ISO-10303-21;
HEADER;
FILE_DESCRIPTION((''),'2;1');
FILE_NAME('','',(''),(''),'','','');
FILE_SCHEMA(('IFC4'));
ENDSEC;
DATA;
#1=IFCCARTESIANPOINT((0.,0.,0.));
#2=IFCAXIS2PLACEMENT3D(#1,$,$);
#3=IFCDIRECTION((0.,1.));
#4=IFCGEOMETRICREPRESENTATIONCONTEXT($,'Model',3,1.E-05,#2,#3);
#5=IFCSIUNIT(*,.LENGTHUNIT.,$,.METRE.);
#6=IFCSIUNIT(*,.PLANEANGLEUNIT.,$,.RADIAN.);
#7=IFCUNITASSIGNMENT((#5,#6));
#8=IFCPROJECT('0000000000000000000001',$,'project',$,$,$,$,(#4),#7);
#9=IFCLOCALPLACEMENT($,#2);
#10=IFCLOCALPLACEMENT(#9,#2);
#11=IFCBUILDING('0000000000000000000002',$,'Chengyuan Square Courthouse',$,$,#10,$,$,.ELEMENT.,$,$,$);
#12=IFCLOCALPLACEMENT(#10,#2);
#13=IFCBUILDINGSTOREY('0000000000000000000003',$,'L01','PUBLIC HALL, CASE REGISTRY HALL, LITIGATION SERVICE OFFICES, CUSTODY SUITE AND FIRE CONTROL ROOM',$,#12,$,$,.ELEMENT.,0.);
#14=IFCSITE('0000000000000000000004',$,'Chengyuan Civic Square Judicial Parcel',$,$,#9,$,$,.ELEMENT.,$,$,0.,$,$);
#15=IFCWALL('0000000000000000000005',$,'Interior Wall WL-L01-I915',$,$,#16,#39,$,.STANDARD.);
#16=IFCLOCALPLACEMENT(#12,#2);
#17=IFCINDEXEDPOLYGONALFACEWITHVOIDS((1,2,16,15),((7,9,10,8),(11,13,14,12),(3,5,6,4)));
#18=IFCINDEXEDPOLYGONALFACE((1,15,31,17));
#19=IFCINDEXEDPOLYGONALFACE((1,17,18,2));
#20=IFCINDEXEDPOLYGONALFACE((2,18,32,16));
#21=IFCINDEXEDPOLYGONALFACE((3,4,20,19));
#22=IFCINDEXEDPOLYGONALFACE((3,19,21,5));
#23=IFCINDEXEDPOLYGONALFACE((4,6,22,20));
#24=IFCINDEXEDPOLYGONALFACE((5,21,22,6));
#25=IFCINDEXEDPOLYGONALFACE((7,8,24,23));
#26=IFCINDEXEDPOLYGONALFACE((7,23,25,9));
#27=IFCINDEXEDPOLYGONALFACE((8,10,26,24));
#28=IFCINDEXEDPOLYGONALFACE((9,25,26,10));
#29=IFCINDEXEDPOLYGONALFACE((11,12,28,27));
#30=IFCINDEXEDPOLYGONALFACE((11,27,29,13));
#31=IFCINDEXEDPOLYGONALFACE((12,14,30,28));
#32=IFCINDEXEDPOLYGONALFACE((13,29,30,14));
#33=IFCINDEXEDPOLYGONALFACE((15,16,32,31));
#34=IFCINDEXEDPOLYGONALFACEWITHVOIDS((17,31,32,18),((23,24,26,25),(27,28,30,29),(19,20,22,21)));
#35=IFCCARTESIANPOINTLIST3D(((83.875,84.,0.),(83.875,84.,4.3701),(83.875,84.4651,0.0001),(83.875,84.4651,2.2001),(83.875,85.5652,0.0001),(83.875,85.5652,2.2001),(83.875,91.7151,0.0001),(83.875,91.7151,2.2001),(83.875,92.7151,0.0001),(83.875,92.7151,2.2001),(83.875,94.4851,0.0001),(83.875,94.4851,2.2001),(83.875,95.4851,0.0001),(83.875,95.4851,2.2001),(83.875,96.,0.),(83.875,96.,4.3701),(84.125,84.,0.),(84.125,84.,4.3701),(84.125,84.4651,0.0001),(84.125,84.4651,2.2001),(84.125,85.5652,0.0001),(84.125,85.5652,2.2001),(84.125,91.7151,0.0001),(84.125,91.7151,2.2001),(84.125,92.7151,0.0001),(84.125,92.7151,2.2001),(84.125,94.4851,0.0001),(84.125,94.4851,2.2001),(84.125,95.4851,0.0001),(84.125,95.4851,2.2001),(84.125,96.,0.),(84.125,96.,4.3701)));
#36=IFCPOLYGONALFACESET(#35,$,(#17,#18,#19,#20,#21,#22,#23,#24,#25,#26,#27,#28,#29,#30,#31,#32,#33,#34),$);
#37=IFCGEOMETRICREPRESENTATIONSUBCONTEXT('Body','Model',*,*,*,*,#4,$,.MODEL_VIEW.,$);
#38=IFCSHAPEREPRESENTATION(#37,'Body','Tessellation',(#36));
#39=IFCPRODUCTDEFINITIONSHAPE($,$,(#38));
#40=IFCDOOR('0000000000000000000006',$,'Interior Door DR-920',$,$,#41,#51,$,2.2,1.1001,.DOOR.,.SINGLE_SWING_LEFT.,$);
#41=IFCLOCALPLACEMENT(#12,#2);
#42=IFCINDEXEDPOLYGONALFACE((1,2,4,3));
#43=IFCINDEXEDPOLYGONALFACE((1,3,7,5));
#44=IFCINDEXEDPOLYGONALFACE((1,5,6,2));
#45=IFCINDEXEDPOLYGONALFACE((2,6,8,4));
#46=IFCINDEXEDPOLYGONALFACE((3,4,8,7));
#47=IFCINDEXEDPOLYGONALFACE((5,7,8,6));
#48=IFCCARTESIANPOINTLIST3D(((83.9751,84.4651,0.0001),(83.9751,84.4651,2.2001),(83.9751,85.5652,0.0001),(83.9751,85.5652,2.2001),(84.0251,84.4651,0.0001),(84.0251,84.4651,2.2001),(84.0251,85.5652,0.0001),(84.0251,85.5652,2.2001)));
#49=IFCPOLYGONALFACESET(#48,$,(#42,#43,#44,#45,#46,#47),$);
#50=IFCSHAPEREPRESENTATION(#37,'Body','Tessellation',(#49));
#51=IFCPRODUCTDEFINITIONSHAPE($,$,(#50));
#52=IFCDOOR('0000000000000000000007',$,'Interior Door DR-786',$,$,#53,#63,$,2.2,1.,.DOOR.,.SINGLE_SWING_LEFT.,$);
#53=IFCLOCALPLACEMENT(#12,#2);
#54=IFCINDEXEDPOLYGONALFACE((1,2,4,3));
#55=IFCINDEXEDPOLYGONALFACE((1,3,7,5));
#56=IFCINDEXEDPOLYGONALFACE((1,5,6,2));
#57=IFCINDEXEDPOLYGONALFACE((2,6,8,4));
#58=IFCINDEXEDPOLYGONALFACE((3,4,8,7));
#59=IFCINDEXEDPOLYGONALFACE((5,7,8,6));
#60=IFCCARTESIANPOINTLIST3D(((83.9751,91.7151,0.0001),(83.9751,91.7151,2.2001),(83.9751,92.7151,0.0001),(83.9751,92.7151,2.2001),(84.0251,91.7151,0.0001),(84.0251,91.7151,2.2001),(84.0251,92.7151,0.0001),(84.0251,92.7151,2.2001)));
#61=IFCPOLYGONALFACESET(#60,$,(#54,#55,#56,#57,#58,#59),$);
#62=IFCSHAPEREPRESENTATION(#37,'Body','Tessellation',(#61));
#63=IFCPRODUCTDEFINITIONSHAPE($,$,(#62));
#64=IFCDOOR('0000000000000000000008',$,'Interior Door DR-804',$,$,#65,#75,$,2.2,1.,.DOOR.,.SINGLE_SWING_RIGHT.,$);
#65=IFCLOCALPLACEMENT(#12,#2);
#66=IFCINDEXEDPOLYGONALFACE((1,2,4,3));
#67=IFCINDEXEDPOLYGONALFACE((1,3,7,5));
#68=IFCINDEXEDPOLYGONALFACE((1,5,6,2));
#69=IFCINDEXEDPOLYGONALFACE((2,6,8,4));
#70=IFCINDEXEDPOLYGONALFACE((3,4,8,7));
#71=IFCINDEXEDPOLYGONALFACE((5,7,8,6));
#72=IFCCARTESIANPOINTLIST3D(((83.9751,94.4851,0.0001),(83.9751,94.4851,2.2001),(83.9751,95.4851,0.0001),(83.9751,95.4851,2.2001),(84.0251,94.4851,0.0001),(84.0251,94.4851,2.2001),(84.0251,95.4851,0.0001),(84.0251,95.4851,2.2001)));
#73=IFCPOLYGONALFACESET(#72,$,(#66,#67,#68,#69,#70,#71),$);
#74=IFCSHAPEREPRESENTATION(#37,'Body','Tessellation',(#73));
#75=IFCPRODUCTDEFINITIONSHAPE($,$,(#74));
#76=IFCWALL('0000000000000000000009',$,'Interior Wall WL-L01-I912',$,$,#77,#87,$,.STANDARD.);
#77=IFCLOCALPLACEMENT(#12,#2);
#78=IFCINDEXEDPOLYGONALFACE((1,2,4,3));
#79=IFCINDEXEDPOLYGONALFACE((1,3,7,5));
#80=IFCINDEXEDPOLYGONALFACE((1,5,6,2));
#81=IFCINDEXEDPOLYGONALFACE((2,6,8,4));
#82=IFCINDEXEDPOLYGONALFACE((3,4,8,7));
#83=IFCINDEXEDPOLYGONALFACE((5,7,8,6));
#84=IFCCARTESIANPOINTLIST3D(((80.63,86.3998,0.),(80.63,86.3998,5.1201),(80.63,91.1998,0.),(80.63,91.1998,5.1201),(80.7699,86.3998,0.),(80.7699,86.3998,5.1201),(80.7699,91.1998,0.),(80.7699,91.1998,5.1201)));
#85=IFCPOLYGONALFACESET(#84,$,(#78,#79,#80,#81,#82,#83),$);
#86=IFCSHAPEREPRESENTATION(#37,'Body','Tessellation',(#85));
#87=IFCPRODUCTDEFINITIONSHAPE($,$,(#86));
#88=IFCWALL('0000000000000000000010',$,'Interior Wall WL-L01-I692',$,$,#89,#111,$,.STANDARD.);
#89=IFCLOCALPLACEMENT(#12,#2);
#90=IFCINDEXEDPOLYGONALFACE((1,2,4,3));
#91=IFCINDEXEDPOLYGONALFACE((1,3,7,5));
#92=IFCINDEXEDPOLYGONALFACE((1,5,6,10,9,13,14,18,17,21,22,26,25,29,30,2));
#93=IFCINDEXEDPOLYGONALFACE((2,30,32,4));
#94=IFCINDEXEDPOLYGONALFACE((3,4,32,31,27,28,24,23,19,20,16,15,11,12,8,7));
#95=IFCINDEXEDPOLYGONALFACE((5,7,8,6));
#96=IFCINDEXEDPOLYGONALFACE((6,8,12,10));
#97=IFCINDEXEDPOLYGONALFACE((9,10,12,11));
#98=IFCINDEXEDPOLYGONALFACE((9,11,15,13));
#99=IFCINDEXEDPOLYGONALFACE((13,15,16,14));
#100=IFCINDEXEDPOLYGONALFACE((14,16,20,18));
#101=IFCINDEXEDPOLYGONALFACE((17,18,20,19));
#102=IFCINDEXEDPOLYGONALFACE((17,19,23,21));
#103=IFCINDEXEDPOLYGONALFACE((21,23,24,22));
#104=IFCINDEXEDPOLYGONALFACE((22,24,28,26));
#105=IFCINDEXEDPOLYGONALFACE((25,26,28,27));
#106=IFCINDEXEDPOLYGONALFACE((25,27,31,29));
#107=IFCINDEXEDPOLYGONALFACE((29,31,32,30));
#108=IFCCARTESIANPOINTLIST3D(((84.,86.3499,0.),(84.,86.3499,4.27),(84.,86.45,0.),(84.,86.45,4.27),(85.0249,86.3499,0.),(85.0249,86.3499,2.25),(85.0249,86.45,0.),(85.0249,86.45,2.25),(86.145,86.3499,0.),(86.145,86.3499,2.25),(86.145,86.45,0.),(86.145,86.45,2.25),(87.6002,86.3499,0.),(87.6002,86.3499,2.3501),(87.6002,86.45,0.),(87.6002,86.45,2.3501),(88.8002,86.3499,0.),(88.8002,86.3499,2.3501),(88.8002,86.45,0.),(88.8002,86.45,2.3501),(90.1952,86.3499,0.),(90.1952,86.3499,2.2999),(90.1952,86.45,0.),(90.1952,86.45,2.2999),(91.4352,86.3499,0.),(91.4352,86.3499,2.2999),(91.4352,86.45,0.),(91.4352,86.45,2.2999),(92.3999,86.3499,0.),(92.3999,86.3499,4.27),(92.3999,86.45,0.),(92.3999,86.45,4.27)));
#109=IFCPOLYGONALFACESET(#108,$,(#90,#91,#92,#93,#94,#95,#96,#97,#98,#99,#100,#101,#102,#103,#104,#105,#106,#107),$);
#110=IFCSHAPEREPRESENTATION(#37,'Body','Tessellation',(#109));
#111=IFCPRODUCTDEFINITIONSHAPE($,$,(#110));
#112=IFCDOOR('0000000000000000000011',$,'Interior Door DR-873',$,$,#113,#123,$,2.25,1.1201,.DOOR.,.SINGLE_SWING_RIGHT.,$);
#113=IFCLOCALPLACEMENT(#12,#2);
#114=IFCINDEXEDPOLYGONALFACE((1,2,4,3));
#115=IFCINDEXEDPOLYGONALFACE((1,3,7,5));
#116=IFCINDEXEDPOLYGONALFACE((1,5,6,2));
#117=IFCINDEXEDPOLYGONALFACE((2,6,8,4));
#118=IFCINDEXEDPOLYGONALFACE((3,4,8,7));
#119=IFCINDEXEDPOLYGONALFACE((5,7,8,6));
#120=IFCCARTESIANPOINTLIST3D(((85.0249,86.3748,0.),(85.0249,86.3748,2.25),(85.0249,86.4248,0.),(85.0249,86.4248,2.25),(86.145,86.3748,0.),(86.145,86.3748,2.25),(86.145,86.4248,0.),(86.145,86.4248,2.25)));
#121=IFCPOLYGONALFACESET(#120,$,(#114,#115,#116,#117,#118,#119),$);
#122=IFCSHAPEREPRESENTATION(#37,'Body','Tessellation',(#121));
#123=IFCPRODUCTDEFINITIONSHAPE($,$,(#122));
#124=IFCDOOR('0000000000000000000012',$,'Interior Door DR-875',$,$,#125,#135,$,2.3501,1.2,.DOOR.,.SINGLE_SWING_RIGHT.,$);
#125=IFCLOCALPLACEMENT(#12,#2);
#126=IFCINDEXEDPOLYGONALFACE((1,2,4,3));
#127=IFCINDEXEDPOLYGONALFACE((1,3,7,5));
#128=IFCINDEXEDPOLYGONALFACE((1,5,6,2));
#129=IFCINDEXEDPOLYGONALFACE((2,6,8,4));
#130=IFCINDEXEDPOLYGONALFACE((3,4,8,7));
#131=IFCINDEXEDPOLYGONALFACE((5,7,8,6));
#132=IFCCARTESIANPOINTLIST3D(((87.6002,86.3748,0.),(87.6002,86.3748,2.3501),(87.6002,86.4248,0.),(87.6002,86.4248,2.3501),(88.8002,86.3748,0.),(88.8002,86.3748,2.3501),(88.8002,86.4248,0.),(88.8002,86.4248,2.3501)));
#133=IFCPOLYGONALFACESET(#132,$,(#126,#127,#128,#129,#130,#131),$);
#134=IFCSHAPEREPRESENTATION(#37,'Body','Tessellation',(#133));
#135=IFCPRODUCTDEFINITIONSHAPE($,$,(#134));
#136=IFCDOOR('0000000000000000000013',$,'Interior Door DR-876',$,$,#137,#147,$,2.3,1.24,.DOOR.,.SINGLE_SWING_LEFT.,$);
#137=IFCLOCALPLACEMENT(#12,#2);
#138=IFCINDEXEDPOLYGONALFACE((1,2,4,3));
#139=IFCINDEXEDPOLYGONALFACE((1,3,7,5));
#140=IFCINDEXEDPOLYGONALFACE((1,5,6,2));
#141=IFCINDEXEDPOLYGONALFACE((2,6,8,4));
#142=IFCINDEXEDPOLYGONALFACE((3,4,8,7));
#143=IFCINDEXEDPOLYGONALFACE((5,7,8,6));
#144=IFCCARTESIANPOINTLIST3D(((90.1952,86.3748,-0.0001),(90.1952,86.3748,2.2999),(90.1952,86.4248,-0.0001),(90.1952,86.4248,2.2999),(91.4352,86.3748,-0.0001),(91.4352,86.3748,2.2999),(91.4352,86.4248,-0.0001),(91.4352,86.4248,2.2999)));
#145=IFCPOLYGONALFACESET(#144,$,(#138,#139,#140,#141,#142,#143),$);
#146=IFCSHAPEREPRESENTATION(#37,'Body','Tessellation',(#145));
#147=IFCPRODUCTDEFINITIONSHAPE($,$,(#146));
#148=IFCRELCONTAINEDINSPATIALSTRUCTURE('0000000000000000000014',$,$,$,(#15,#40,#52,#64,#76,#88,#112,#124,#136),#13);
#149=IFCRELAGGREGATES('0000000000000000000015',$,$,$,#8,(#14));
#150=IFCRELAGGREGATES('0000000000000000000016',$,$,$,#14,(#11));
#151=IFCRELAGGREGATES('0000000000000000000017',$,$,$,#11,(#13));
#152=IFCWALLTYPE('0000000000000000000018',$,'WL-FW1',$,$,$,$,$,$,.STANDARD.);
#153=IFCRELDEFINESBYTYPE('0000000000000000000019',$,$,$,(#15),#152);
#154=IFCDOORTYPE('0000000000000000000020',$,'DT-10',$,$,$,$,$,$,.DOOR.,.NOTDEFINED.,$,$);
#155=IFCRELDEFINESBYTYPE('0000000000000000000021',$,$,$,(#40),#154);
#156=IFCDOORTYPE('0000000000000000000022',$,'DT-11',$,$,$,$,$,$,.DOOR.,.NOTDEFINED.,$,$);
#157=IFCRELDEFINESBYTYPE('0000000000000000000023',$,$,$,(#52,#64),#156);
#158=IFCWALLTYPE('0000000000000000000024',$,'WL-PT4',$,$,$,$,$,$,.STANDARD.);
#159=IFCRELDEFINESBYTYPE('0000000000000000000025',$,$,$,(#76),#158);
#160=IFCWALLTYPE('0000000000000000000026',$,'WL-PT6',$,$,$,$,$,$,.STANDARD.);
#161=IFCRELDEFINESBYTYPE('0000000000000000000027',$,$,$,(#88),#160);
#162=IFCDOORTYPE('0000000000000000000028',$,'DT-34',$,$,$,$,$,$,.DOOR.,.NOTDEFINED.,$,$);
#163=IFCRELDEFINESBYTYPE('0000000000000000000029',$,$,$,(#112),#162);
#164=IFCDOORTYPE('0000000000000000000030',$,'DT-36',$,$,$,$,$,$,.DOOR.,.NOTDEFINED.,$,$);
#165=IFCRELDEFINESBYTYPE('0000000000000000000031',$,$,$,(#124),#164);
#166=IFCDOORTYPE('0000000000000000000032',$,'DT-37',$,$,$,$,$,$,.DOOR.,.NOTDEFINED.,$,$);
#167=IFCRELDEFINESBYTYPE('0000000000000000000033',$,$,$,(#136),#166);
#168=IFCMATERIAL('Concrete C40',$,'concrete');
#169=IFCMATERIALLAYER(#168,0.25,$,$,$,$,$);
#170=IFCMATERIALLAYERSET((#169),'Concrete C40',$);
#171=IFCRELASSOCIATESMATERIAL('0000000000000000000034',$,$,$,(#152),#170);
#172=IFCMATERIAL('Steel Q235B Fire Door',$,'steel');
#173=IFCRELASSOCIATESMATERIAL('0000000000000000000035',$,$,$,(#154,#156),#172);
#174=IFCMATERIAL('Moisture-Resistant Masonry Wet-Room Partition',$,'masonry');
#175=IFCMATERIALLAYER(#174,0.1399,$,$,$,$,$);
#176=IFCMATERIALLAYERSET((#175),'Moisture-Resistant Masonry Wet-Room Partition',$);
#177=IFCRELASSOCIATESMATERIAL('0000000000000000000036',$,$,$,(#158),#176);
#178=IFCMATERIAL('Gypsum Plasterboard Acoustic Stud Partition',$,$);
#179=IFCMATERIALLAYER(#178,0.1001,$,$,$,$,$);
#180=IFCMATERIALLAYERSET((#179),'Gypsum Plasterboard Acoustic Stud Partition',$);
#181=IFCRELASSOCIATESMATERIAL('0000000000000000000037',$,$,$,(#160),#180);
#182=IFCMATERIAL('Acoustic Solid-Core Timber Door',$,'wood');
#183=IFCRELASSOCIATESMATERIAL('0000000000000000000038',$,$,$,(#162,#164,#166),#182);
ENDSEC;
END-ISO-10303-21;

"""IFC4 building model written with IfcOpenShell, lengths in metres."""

from ifc_helpers import new_model, si_unit, direction, frame, frame_2d, origin, place, context, subcontext, project, spatial, rectangle, extrude, material, layer, layer_set, type_object, element, fill, save


model = new_model("IFC4")

# Units and contexts
model_context = context("Model", 3, precision=1e-05, world=origin(), true_north=direction((0.0, 1.0)))
body_context = subcontext(model_context, "Body", "Model", "MODEL_VIEW")
ifc_project = project(units=[si_unit("LENGTHUNIT", "METRE"), si_unit("PLANEANGLEUNIT", "RADIAN")], contexts=[model_context])

# Site, building, storey
site_placement = place(None, origin())
site = spatial("IfcSite", under=ifc_project, at=site_placement, Name="Chengyuan Civic Square Judicial Parcel", CompositionType="ELEMENT", RefElevation=0.0)
building_placement = place(site_placement, origin())
building = spatial("IfcBuilding", under=site, at=building_placement, Name="Chengyuan Square Courthouse", CompositionType="ELEMENT")
storey_placement = place(building_placement, origin())
storey = spatial("IfcBuildingStorey", under=building, at=storey_placement, Name="L01", Description="PUBLIC HALL, CASE REGISTRY HALL, LITIGATION SERVICE OFFICES, CUSTODY SUITE AND FIRE CONTROL ROOM", CompositionType="ELEMENT", Elevation=0.0)

# Shared definitions
ifc_material_1 = material(Name="Concrete C40", Category="concrete")

# Wall, openings, doors
ifc_layer_1 = layer(ifc_material_1, 0.25)
ifc_layer_set_1 = layer_set([ifc_layer_1], Name="Concrete C40")
wall_type_1 = type_object("IfcWallType", Name="WL-FW1", PredefinedType="STANDARD", material=ifc_layer_set_1)
wall_1_placement = place(storey_placement, frame((84.0, 84.0, 0.0), z_axis=(0.0, 0.0, 1.0), x_axis=(0.0, 1.0, 0.0)))
wall_1 = element("IfcWall", 1, at=wall_1_placement, inside=storey, type_object=wall_type_1, Name="Interior Wall WL-L01-I915", PredefinedType="STANDARD", context=body_context, shape_type="SweptSolid", body=[
    extrude(rectangle(XDim=12.0, YDim=0.25, at=frame_2d((6.0, 0.0))), origin(), (0.0, 0.0, 1.0), 4.3701),
])
opening_1_placement = place(wall_1_placement, frame((7.7151, 0.0, 0.0)))
opening_1 = element("IfcOpeningElement", 2, at=opening_1_placement, cuts=wall_1, PredefinedType="OPENING", context=body_context, shape_type="SweptSolid", body=[
    extrude(rectangle(XDim=1.0, YDim=2.2, at=frame_2d((0.5, 1.1001))), frame((0.0, 0.137, 0.0), z_axis=(0.0, -1.0, 0.0), x_axis=(1.0, 0.0, 0.0)), (0.0, 0.0, 1.0), 0.2739),
])
opening_2_placement = place(wall_1_placement, frame((10.4851, 0.0, 0.0)))
opening_2 = element("IfcOpeningElement", 3, at=opening_2_placement, cuts=wall_1, PredefinedType="OPENING", context=body_context, shape_type="SweptSolid", body=[
    extrude(rectangle(XDim=1.0, YDim=2.2, at=frame_2d((0.5, 1.1001))), frame((0.0, 0.137, 0.0), z_axis=(0.0, -1.0, 0.0), x_axis=(1.0, 0.0, 0.0)), (0.0, 0.0, 1.0), 0.2739),
])
opening_3_placement = place(wall_1_placement, frame((0.4651, 0.0, 0.0)))
opening_3 = element("IfcOpeningElement", 4, at=opening_3_placement, cuts=wall_1, PredefinedType="OPENING", context=body_context, shape_type="SweptSolid", body=[
    extrude(rectangle(XDim=1.1001, YDim=2.2, at=frame_2d((0.55, 1.1001))), frame((0.0, 0.137, 0.0), z_axis=(0.0, -1.0, 0.0), x_axis=(1.0, 0.0, 0.0)), (0.0, 0.0, 1.0), 0.2739),
])
ifc_material_2 = material(Name="Steel Q235B Fire Door", Category="steel")
door_type_1 = type_object("IfcDoorType", Name="DT-10", OperationType="NOTDEFINED", PredefinedType="DOOR", material=ifc_material_2)
door_1_placement = place(opening_3_placement, origin())
door_1 = element("IfcDoor", 5, at=door_1_placement, inside=storey, type_object=door_type_1, Name="Interior Door DR-920", OperationType="SINGLE_SWING_LEFT", OverallHeight=2.2, OverallWidth=1.1001, PredefinedType="DOOR", context=body_context, shape_type="SweptSolid", body=[
    extrude(rectangle(XDim=1.1001, YDim=2.2, at=frame_2d((0.55, 1.1001))), frame((0.0, 0.0249, 0.0), z_axis=(0.0, -1.0, 0.0), x_axis=(1.0, 0.0, 0.0)), (0.0, 0.0, 1.0), 0.05),
])
fill(opening_3, door_1)
door_type_2 = type_object("IfcDoorType", Name="DT-11", OperationType="NOTDEFINED", PredefinedType="DOOR", material=ifc_material_2)
door_2_placement = place(opening_1_placement, origin())
door_2 = element("IfcDoor", 6, at=door_2_placement, inside=storey, type_object=door_type_2, Name="Interior Door DR-786", OperationType="SINGLE_SWING_LEFT", OverallHeight=2.2, OverallWidth=1.0, PredefinedType="DOOR", context=body_context, shape_type="SweptSolid", body=[
    extrude(rectangle(XDim=1.0, YDim=2.2, at=frame_2d((0.5, 1.1001))), frame((0.0, 0.0249, 0.0), z_axis=(0.0, -1.0, 0.0), x_axis=(1.0, 0.0, 0.0)), (0.0, 0.0, 1.0), 0.05),
])
fill(opening_1, door_2)
door_3_placement = place(opening_2_placement, origin())
door_3 = element("IfcDoor", 7, at=door_3_placement, inside=storey, type_object=door_type_2, Name="Interior Door DR-804", OperationType="SINGLE_SWING_RIGHT", OverallHeight=2.2, OverallWidth=1.0, PredefinedType="DOOR", context=body_context, shape_type="SweptSolid", body=[
    extrude(rectangle(XDim=1.0, YDim=2.2, at=frame_2d((0.5, 1.1001))), frame((0.0, 0.0249, 0.0), z_axis=(0.0, -1.0, 0.0), x_axis=(1.0, 0.0, 0.0)), (0.0, 0.0, 1.0), 0.05),
])
fill(opening_2, door_3)

# Wall
ifc_material_3 = material(Name="Moisture-Resistant Masonry Wet-Room Partition", Category="masonry")
ifc_layer_2 = layer(ifc_material_3, 0.1399)
ifc_layer_set_2 = layer_set([ifc_layer_2], Name="Moisture-Resistant Masonry Wet-Room Partition")
wall_type_2 = type_object("IfcWallType", Name="WL-PT4", PredefinedType="STANDARD", material=ifc_layer_set_2)
wall_2_placement = place(storey_placement, frame((80.7, 86.3999, 0.0), z_axis=(0.0, 0.0, 1.0), x_axis=(0.0, 1.0, 0.0)))
element("IfcWall", 8, at=wall_2_placement, inside=storey, type_object=wall_type_2, Name="Interior Wall WL-L01-I912", PredefinedType="STANDARD", context=body_context, shape_type="SweptSolid", body=[
    extrude(rectangle(XDim=4.8, YDim=0.1399, at=frame_2d((2.3999, 0.0))), origin(), (0.0, 0.0, 1.0), 5.1201),
])

# Wall, openings, doors
ifc_material_4 = material(Name="Gypsum Plasterboard Acoustic Stud Partition")
ifc_layer_3 = layer(ifc_material_4, 0.1001)
ifc_layer_set_3 = layer_set([ifc_layer_3], Name="Gypsum Plasterboard Acoustic Stud Partition")
wall_type_3 = type_object("IfcWallType", Name="WL-PT6", PredefinedType="STANDARD", material=ifc_layer_set_3)
wall_3_placement = place(storey_placement, frame((84.0, 86.3999, 0.0), z_axis=(0.0, 0.0, 1.0), x_axis=(1.0, 0.0, 0.0)))
wall_3 = element("IfcWall", 9, at=wall_3_placement, inside=storey, type_object=wall_type_3, Name="Interior Wall WL-L01-I692", PredefinedType="STANDARD", context=body_context, shape_type="SweptSolid", body=[
    extrude(rectangle(XDim=8.3999, YDim=0.1001, at=frame_2d((4.2, 0.0))), origin(), (0.0, 0.0, 1.0), 4.27),
])
opening_4_placement = place(wall_3_placement, frame((1.0249, 0.0, 0.0)))
opening_4 = element("IfcOpeningElement", 10, at=opening_4_placement, cuts=wall_3, PredefinedType="OPENING", context=body_context, shape_type="SweptSolid", body=[
    extrude(rectangle(XDim=1.1201, YDim=2.25, at=frame_2d((0.5601, 1.125))), frame((0.0, 0.062, 0.0), z_axis=(0.0, -1.0, 0.0), x_axis=(1.0, 0.0, 0.0)), (0.0, 0.0, 1.0), 0.124),
])
opening_5_placement = place(wall_3_placement, frame((3.6001, 0.0, 0.0)))
opening_5 = element("IfcOpeningElement", 11, at=opening_5_placement, cuts=wall_3, PredefinedType="OPENING", context=body_context, shape_type="SweptSolid", body=[
    extrude(rectangle(XDim=1.2, YDim=2.3501, at=frame_2d((0.6001, 1.175))), frame((0.0, 0.062, 0.0), z_axis=(0.0, -1.0, 0.0), x_axis=(1.0, 0.0, 0.0)), (0.0, 0.0, 1.0), 0.124),
])
opening_6_placement = place(wall_3_placement, frame((6.1951, 0.0, 0.0)))
opening_6 = element("IfcOpeningElement", 12, at=opening_6_placement, cuts=wall_3, PredefinedType="OPENING", context=body_context, shape_type="SweptSolid", body=[
    extrude(rectangle(XDim=1.24, YDim=2.3, at=frame_2d((0.6201, 1.1499))), frame((0.0, 0.062, 0.0), z_axis=(0.0, -1.0, 0.0), x_axis=(1.0, 0.0, 0.0)), (0.0, 0.0, 1.0), 0.124),
])
ifc_material_5 = material(Name="Acoustic Solid-Core Timber Door", Category="wood")
door_type_3 = type_object("IfcDoorType", Name="DT-34", OperationType="NOTDEFINED", PredefinedType="DOOR", material=ifc_material_5)
door_4_placement = place(opening_4_placement, origin())
door_4 = element("IfcDoor", 13, at=door_4_placement, inside=storey, type_object=door_type_3, Name="Interior Door DR-873", OperationType="SINGLE_SWING_RIGHT", OverallHeight=2.25, OverallWidth=1.1201, PredefinedType="DOOR", context=body_context, shape_type="SweptSolid", body=[
    extrude(rectangle(XDim=1.1201, YDim=2.25, at=frame_2d((0.5601, 1.125))), frame((0.0, 0.0249, 0.0), z_axis=(0.0, -1.0, 0.0), x_axis=(1.0, 0.0, 0.0)), (0.0, 0.0, 1.0), 0.05),
])
fill(opening_4, door_4)
door_type_4 = type_object("IfcDoorType", Name="DT-36", OperationType="NOTDEFINED", PredefinedType="DOOR", material=ifc_material_5)
door_5_placement = place(opening_5_placement, origin())
door_5 = element("IfcDoor", 14, at=door_5_placement, inside=storey, type_object=door_type_4, Name="Interior Door DR-875", OperationType="SINGLE_SWING_RIGHT", OverallHeight=2.3501, OverallWidth=1.2, PredefinedType="DOOR", context=body_context, shape_type="SweptSolid", body=[
    extrude(rectangle(XDim=1.2, YDim=2.3501, at=frame_2d((0.6001, 1.175))), frame((0.0, 0.0249, 0.0), z_axis=(0.0, -1.0, 0.0), x_axis=(1.0, 0.0, 0.0)), (0.0, 0.0, 1.0), 0.05),
])
fill(opening_5, door_5)
door_type_5 = type_object("IfcDoorType", Name="DT-37", OperationType="NOTDEFINED", PredefinedType="DOOR", material=ifc_material_5)
door_6_placement = place(opening_6_placement, origin())
door_6 = element("IfcDoor", 15, at=door_6_placement, inside=storey, type_object=door_type_5, Name="Interior Door DR-876", OperationType="SINGLE_SWING_LEFT", OverallHeight=2.3, OverallWidth=1.24, PredefinedType="DOOR", context=body_context, shape_type="SweptSolid", body=[
    extrude(rectangle(XDim=1.24, YDim=2.3, at=frame_2d((0.6201, 1.1499))), frame((0.0, 0.0249, 0.0), z_axis=(0.0, -1.0, 0.0), x_axis=(1.0, 0.0, 0.0)), (0.0, 0.0, 1.0), 0.05),
])
fill(opening_6, door_6)

save(model, "model.ifc")
